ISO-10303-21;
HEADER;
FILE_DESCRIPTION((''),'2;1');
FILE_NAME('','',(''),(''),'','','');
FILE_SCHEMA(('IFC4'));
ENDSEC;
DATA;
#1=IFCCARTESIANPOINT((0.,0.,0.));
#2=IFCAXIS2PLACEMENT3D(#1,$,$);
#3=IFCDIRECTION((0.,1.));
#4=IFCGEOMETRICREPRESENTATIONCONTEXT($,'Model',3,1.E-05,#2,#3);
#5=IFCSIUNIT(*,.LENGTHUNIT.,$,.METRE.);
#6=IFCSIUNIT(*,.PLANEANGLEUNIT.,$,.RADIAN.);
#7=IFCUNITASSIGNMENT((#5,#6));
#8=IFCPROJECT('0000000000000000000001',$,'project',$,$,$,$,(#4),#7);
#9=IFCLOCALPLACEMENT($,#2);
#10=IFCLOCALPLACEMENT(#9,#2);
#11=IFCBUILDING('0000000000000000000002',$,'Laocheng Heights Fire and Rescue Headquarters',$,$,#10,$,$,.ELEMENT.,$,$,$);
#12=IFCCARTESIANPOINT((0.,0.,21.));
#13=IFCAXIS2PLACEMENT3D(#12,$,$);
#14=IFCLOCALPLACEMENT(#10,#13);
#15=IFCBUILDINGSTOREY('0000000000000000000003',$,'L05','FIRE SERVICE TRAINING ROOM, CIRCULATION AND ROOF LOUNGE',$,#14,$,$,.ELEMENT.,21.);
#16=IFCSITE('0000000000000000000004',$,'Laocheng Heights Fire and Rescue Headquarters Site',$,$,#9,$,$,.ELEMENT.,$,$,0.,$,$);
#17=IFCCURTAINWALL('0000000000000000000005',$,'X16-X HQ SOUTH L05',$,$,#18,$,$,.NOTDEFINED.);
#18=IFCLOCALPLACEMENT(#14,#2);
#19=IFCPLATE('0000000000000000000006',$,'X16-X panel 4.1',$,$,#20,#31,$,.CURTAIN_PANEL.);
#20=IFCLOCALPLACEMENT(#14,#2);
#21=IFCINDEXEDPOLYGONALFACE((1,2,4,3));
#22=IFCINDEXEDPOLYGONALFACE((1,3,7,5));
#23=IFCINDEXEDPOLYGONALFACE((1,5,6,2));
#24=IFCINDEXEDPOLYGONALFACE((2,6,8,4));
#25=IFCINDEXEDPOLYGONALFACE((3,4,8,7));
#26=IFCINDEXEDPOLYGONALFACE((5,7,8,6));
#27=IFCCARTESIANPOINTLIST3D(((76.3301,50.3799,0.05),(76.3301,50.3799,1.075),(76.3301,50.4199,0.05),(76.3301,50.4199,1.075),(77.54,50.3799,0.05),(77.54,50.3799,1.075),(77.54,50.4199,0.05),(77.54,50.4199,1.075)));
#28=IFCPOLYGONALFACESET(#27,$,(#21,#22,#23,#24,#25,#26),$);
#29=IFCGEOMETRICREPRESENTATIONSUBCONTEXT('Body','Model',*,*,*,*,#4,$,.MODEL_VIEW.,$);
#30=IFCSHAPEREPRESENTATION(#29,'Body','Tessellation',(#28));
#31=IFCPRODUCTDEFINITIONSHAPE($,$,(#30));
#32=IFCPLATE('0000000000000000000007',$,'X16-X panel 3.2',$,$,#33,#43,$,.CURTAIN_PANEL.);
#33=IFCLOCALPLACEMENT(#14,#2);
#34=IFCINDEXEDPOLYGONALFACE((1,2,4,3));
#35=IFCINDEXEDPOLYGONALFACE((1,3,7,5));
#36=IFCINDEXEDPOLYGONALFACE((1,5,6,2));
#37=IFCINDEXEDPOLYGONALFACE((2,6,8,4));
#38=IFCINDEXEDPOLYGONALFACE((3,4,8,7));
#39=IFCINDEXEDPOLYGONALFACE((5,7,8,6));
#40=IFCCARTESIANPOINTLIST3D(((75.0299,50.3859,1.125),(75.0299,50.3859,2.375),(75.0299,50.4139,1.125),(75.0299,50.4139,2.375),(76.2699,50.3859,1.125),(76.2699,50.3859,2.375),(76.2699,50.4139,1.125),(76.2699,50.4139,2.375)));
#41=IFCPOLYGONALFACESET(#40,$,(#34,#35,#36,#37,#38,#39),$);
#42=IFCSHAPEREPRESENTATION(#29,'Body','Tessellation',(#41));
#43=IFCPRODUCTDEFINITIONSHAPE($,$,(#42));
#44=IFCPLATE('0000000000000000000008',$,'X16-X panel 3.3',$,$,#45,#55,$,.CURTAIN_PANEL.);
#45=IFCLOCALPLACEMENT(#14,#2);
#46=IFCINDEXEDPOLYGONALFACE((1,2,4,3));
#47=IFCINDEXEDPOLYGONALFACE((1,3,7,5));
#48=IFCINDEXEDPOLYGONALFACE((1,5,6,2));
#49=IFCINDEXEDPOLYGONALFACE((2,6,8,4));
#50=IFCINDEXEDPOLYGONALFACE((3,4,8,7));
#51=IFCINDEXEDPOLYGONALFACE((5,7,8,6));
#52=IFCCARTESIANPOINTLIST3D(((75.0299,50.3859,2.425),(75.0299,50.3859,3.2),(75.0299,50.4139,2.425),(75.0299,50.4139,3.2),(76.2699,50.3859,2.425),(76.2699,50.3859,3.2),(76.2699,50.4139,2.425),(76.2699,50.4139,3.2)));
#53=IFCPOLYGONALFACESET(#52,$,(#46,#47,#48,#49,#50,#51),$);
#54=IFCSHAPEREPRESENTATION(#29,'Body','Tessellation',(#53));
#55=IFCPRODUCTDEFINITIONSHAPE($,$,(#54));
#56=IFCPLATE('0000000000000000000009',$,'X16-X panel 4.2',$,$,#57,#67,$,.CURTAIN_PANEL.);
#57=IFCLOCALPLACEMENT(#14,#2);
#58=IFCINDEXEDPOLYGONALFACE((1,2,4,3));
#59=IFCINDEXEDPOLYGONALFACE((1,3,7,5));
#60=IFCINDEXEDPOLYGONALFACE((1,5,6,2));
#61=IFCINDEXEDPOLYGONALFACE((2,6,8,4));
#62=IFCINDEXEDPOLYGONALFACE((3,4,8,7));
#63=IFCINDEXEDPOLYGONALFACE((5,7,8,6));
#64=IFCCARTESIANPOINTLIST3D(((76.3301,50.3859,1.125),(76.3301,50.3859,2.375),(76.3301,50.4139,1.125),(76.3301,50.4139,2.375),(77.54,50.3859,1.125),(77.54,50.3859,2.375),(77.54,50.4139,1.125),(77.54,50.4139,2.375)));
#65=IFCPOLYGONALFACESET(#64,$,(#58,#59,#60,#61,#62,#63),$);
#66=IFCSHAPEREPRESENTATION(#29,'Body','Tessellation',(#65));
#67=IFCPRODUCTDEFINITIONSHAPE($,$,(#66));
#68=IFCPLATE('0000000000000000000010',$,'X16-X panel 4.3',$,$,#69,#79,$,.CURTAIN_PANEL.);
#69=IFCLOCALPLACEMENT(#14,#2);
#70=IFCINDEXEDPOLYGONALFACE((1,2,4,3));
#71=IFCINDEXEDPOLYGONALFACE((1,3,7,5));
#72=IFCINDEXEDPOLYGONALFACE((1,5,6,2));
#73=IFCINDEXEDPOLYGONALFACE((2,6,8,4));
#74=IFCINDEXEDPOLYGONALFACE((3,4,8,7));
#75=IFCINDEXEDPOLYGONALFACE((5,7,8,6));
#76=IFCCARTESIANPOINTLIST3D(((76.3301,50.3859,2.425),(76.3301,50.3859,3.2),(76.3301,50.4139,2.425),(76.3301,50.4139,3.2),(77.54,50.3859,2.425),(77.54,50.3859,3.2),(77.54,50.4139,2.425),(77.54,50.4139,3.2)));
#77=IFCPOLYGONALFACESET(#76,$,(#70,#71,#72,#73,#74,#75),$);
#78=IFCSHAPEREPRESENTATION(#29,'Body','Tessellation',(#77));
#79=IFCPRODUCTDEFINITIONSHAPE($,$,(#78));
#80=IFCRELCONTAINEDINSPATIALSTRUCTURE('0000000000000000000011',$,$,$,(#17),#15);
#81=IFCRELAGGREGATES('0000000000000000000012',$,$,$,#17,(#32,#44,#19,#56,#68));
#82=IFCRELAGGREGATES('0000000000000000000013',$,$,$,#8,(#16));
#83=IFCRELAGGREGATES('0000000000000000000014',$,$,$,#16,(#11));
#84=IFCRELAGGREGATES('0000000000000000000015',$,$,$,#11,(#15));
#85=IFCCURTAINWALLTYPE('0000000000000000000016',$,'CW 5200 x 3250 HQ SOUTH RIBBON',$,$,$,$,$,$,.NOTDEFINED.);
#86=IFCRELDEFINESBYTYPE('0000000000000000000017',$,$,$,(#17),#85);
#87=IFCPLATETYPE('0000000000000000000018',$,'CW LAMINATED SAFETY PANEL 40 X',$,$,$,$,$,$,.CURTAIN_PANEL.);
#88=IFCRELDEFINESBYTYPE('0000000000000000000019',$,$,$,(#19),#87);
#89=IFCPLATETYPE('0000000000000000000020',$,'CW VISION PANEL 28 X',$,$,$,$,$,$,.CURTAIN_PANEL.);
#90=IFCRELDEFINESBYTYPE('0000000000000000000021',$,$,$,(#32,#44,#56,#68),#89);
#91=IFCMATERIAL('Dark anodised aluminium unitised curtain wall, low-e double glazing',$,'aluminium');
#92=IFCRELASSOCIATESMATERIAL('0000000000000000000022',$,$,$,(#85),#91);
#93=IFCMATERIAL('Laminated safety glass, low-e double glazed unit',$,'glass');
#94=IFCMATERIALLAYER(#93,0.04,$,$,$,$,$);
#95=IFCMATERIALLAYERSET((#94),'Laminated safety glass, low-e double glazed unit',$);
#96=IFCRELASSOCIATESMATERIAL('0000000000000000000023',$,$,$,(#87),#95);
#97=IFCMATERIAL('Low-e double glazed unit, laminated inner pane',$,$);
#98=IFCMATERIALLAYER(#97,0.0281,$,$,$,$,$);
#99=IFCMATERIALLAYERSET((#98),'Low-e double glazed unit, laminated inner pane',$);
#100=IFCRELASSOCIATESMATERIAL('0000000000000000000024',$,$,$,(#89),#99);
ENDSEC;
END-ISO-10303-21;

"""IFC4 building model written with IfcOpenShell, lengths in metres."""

from ifc_helpers import new_model, si_unit, direction, frame, origin, origin_2d, place, context, subcontext, project, spatial, rectangle, extrude, material, layer, layer_set, type_object, element, aggregate, save


model = new_model("IFC4")

# Units and contexts
model_context = context("Model", 3, precision=1e-05, world=origin(), true_north=direction((0.0, 1.0)))
body_context = subcontext(model_context, "Body", "Model", "MODEL_VIEW")
ifc_project = project(units=[si_unit("LENGTHUNIT", "METRE"), si_unit("PLANEANGLEUNIT", "RADIAN")], contexts=[model_context])

# Site, building, storey
site_placement = place(None, origin())
site = spatial("IfcSite", under=ifc_project, at=site_placement, Name="Laocheng Heights Fire and Rescue Headquarters Site", CompositionType="ELEMENT", RefElevation=0.0)
building_placement = place(site_placement, origin())
building = spatial("IfcBuilding", under=site, at=building_placement, Name="Laocheng Heights Fire and Rescue Headquarters", CompositionType="ELEMENT")
storey_placement = place(building_placement, frame((0.0, 0.0, 21.0)))
storey = spatial("IfcBuildingStorey", under=building, at=storey_placement, Name="L05", Description="FIRE SERVICE TRAINING ROOM, CIRCULATION AND ROOF LOUNGE", CompositionType="ELEMENT", Elevation=21.0)

# Curtain wall
ifc_material_1 = material(Name="Dark anodised aluminium unitised curtain wall, low-e double glazing", Category="aluminium")
curtain_wall_type = type_object("IfcCurtainWallType", Name="CW 5200 x 3250 HQ SOUTH RIBBON", PredefinedType="NOTDEFINED", material=ifc_material_1)
curtain_wall_1_placement = place(storey_placement, origin())
curtain_wall_1 = element("IfcCurtainWall", 1, at=curtain_wall_1_placement, inside=storey, type_object=curtain_wall_type, Name="X16-X HQ SOUTH L05", PredefinedType="NOTDEFINED")

# Plates
ifc_material_2 = material(Name="Laminated safety glass, low-e double glazed unit", Category="glass")
ifc_layer_1 = layer(ifc_material_2, 0.04)
ifc_layer_set_1 = layer_set([ifc_layer_1], Name="Laminated safety glass, low-e double glazed unit")
plate_type_1 = type_object("IfcPlateType", Name="CW LAMINATED SAFETY PANEL 40 X", PredefinedType="CURTAIN_PANEL", material=ifc_layer_set_1)
plate_1_placement = place(storey_placement, frame((76.9351, 50.3999, 0.05), z_axis=(0.0, 0.0, 1.0), x_axis=(1.0, 0.0, 0.0)))
plate_1 = element("IfcPlate", 2, at=plate_1_placement, type_object=plate_type_1, Name="X16-X panel 4.1", PredefinedType="CURTAIN_PANEL", context=body_context, shape_type="SweptSolid", body=[
    extrude(rectangle(XDim=1.21, YDim=0.04, at=origin_2d()), origin(), (0.0, 0.0, 1.0), 1.0249),
])
ifc_material_3 = material(Name="Low-e double glazed unit, laminated inner pane")
ifc_layer_2 = layer(ifc_material_3, 0.0281)
ifc_layer_set_2 = layer_set([ifc_layer_2], Name="Low-e double glazed unit, laminated inner pane")
plate_type_2 = type_object("IfcPlateType", Name="CW VISION PANEL 28 X", PredefinedType="CURTAIN_PANEL", material=ifc_layer_set_2)
plate_2_placement = place(storey_placement, frame((75.6499, 50.3999, 1.125), z_axis=(0.0, 0.0, 1.0), x_axis=(1.0, 0.0, 0.0)))
plate_2 = element("IfcPlate", 3, at=plate_2_placement, type_object=plate_type_2, Name="X16-X panel 3.2", PredefinedType="CURTAIN_PANEL", context=body_context, shape_type="SweptSolid", body=[
    extrude(rectangle(XDim=1.24, YDim=0.0281, at=origin_2d()), origin(), (0.0, 0.0, 1.0), 1.25),
])
plate_3_placement = place(storey_placement, frame((75.6499, 50.3999, 2.425), z_axis=(0.0, 0.0, 1.0), x_axis=(1.0, 0.0, 0.0)))
plate_3 = element("IfcPlate", 4, at=plate_3_placement, type_object=plate_type_2, Name="X16-X panel 3.3", PredefinedType="CURTAIN_PANEL", context=body_context, shape_type="SweptSolid", body=[
    extrude(rectangle(XDim=1.24, YDim=0.0281, at=origin_2d()), origin(), (0.0, 0.0, 1.0), 0.7749),
])
plate_4_placement = place(storey_placement, frame((76.9351, 50.3999, 1.125), z_axis=(0.0, 0.0, 1.0), x_axis=(1.0, 0.0, 0.0)))
plate_4 = element("IfcPlate", 5, at=plate_4_placement, type_object=plate_type_2, Name="X16-X panel 4.2", PredefinedType="CURTAIN_PANEL", context=body_context, shape_type="SweptSolid", body=[
    extrude(rectangle(XDim=1.21, YDim=0.0281, at=origin_2d()), origin(), (0.0, 0.0, 1.0), 1.25),
])
plate_5_placement = place(storey_placement, frame((76.9351, 50.3999, 2.425), z_axis=(0.0, 0.0, 1.0), x_axis=(1.0, 0.0, 0.0)))
plate_5 = element("IfcPlate", 6, at=plate_5_placement, type_object=plate_type_2, Name="X16-X panel 4.3", PredefinedType="CURTAIN_PANEL", context=body_context, shape_type="SweptSolid", body=[
    extrude(rectangle(XDim=1.21, YDim=0.0281, at=origin_2d()), origin(), (0.0, 0.0, 1.0), 0.7749),
])
aggregate(curtain_wall_1, [plate_2, plate_3, plate_1, plate_4, plate_5])

save(model, "model.ifc")
